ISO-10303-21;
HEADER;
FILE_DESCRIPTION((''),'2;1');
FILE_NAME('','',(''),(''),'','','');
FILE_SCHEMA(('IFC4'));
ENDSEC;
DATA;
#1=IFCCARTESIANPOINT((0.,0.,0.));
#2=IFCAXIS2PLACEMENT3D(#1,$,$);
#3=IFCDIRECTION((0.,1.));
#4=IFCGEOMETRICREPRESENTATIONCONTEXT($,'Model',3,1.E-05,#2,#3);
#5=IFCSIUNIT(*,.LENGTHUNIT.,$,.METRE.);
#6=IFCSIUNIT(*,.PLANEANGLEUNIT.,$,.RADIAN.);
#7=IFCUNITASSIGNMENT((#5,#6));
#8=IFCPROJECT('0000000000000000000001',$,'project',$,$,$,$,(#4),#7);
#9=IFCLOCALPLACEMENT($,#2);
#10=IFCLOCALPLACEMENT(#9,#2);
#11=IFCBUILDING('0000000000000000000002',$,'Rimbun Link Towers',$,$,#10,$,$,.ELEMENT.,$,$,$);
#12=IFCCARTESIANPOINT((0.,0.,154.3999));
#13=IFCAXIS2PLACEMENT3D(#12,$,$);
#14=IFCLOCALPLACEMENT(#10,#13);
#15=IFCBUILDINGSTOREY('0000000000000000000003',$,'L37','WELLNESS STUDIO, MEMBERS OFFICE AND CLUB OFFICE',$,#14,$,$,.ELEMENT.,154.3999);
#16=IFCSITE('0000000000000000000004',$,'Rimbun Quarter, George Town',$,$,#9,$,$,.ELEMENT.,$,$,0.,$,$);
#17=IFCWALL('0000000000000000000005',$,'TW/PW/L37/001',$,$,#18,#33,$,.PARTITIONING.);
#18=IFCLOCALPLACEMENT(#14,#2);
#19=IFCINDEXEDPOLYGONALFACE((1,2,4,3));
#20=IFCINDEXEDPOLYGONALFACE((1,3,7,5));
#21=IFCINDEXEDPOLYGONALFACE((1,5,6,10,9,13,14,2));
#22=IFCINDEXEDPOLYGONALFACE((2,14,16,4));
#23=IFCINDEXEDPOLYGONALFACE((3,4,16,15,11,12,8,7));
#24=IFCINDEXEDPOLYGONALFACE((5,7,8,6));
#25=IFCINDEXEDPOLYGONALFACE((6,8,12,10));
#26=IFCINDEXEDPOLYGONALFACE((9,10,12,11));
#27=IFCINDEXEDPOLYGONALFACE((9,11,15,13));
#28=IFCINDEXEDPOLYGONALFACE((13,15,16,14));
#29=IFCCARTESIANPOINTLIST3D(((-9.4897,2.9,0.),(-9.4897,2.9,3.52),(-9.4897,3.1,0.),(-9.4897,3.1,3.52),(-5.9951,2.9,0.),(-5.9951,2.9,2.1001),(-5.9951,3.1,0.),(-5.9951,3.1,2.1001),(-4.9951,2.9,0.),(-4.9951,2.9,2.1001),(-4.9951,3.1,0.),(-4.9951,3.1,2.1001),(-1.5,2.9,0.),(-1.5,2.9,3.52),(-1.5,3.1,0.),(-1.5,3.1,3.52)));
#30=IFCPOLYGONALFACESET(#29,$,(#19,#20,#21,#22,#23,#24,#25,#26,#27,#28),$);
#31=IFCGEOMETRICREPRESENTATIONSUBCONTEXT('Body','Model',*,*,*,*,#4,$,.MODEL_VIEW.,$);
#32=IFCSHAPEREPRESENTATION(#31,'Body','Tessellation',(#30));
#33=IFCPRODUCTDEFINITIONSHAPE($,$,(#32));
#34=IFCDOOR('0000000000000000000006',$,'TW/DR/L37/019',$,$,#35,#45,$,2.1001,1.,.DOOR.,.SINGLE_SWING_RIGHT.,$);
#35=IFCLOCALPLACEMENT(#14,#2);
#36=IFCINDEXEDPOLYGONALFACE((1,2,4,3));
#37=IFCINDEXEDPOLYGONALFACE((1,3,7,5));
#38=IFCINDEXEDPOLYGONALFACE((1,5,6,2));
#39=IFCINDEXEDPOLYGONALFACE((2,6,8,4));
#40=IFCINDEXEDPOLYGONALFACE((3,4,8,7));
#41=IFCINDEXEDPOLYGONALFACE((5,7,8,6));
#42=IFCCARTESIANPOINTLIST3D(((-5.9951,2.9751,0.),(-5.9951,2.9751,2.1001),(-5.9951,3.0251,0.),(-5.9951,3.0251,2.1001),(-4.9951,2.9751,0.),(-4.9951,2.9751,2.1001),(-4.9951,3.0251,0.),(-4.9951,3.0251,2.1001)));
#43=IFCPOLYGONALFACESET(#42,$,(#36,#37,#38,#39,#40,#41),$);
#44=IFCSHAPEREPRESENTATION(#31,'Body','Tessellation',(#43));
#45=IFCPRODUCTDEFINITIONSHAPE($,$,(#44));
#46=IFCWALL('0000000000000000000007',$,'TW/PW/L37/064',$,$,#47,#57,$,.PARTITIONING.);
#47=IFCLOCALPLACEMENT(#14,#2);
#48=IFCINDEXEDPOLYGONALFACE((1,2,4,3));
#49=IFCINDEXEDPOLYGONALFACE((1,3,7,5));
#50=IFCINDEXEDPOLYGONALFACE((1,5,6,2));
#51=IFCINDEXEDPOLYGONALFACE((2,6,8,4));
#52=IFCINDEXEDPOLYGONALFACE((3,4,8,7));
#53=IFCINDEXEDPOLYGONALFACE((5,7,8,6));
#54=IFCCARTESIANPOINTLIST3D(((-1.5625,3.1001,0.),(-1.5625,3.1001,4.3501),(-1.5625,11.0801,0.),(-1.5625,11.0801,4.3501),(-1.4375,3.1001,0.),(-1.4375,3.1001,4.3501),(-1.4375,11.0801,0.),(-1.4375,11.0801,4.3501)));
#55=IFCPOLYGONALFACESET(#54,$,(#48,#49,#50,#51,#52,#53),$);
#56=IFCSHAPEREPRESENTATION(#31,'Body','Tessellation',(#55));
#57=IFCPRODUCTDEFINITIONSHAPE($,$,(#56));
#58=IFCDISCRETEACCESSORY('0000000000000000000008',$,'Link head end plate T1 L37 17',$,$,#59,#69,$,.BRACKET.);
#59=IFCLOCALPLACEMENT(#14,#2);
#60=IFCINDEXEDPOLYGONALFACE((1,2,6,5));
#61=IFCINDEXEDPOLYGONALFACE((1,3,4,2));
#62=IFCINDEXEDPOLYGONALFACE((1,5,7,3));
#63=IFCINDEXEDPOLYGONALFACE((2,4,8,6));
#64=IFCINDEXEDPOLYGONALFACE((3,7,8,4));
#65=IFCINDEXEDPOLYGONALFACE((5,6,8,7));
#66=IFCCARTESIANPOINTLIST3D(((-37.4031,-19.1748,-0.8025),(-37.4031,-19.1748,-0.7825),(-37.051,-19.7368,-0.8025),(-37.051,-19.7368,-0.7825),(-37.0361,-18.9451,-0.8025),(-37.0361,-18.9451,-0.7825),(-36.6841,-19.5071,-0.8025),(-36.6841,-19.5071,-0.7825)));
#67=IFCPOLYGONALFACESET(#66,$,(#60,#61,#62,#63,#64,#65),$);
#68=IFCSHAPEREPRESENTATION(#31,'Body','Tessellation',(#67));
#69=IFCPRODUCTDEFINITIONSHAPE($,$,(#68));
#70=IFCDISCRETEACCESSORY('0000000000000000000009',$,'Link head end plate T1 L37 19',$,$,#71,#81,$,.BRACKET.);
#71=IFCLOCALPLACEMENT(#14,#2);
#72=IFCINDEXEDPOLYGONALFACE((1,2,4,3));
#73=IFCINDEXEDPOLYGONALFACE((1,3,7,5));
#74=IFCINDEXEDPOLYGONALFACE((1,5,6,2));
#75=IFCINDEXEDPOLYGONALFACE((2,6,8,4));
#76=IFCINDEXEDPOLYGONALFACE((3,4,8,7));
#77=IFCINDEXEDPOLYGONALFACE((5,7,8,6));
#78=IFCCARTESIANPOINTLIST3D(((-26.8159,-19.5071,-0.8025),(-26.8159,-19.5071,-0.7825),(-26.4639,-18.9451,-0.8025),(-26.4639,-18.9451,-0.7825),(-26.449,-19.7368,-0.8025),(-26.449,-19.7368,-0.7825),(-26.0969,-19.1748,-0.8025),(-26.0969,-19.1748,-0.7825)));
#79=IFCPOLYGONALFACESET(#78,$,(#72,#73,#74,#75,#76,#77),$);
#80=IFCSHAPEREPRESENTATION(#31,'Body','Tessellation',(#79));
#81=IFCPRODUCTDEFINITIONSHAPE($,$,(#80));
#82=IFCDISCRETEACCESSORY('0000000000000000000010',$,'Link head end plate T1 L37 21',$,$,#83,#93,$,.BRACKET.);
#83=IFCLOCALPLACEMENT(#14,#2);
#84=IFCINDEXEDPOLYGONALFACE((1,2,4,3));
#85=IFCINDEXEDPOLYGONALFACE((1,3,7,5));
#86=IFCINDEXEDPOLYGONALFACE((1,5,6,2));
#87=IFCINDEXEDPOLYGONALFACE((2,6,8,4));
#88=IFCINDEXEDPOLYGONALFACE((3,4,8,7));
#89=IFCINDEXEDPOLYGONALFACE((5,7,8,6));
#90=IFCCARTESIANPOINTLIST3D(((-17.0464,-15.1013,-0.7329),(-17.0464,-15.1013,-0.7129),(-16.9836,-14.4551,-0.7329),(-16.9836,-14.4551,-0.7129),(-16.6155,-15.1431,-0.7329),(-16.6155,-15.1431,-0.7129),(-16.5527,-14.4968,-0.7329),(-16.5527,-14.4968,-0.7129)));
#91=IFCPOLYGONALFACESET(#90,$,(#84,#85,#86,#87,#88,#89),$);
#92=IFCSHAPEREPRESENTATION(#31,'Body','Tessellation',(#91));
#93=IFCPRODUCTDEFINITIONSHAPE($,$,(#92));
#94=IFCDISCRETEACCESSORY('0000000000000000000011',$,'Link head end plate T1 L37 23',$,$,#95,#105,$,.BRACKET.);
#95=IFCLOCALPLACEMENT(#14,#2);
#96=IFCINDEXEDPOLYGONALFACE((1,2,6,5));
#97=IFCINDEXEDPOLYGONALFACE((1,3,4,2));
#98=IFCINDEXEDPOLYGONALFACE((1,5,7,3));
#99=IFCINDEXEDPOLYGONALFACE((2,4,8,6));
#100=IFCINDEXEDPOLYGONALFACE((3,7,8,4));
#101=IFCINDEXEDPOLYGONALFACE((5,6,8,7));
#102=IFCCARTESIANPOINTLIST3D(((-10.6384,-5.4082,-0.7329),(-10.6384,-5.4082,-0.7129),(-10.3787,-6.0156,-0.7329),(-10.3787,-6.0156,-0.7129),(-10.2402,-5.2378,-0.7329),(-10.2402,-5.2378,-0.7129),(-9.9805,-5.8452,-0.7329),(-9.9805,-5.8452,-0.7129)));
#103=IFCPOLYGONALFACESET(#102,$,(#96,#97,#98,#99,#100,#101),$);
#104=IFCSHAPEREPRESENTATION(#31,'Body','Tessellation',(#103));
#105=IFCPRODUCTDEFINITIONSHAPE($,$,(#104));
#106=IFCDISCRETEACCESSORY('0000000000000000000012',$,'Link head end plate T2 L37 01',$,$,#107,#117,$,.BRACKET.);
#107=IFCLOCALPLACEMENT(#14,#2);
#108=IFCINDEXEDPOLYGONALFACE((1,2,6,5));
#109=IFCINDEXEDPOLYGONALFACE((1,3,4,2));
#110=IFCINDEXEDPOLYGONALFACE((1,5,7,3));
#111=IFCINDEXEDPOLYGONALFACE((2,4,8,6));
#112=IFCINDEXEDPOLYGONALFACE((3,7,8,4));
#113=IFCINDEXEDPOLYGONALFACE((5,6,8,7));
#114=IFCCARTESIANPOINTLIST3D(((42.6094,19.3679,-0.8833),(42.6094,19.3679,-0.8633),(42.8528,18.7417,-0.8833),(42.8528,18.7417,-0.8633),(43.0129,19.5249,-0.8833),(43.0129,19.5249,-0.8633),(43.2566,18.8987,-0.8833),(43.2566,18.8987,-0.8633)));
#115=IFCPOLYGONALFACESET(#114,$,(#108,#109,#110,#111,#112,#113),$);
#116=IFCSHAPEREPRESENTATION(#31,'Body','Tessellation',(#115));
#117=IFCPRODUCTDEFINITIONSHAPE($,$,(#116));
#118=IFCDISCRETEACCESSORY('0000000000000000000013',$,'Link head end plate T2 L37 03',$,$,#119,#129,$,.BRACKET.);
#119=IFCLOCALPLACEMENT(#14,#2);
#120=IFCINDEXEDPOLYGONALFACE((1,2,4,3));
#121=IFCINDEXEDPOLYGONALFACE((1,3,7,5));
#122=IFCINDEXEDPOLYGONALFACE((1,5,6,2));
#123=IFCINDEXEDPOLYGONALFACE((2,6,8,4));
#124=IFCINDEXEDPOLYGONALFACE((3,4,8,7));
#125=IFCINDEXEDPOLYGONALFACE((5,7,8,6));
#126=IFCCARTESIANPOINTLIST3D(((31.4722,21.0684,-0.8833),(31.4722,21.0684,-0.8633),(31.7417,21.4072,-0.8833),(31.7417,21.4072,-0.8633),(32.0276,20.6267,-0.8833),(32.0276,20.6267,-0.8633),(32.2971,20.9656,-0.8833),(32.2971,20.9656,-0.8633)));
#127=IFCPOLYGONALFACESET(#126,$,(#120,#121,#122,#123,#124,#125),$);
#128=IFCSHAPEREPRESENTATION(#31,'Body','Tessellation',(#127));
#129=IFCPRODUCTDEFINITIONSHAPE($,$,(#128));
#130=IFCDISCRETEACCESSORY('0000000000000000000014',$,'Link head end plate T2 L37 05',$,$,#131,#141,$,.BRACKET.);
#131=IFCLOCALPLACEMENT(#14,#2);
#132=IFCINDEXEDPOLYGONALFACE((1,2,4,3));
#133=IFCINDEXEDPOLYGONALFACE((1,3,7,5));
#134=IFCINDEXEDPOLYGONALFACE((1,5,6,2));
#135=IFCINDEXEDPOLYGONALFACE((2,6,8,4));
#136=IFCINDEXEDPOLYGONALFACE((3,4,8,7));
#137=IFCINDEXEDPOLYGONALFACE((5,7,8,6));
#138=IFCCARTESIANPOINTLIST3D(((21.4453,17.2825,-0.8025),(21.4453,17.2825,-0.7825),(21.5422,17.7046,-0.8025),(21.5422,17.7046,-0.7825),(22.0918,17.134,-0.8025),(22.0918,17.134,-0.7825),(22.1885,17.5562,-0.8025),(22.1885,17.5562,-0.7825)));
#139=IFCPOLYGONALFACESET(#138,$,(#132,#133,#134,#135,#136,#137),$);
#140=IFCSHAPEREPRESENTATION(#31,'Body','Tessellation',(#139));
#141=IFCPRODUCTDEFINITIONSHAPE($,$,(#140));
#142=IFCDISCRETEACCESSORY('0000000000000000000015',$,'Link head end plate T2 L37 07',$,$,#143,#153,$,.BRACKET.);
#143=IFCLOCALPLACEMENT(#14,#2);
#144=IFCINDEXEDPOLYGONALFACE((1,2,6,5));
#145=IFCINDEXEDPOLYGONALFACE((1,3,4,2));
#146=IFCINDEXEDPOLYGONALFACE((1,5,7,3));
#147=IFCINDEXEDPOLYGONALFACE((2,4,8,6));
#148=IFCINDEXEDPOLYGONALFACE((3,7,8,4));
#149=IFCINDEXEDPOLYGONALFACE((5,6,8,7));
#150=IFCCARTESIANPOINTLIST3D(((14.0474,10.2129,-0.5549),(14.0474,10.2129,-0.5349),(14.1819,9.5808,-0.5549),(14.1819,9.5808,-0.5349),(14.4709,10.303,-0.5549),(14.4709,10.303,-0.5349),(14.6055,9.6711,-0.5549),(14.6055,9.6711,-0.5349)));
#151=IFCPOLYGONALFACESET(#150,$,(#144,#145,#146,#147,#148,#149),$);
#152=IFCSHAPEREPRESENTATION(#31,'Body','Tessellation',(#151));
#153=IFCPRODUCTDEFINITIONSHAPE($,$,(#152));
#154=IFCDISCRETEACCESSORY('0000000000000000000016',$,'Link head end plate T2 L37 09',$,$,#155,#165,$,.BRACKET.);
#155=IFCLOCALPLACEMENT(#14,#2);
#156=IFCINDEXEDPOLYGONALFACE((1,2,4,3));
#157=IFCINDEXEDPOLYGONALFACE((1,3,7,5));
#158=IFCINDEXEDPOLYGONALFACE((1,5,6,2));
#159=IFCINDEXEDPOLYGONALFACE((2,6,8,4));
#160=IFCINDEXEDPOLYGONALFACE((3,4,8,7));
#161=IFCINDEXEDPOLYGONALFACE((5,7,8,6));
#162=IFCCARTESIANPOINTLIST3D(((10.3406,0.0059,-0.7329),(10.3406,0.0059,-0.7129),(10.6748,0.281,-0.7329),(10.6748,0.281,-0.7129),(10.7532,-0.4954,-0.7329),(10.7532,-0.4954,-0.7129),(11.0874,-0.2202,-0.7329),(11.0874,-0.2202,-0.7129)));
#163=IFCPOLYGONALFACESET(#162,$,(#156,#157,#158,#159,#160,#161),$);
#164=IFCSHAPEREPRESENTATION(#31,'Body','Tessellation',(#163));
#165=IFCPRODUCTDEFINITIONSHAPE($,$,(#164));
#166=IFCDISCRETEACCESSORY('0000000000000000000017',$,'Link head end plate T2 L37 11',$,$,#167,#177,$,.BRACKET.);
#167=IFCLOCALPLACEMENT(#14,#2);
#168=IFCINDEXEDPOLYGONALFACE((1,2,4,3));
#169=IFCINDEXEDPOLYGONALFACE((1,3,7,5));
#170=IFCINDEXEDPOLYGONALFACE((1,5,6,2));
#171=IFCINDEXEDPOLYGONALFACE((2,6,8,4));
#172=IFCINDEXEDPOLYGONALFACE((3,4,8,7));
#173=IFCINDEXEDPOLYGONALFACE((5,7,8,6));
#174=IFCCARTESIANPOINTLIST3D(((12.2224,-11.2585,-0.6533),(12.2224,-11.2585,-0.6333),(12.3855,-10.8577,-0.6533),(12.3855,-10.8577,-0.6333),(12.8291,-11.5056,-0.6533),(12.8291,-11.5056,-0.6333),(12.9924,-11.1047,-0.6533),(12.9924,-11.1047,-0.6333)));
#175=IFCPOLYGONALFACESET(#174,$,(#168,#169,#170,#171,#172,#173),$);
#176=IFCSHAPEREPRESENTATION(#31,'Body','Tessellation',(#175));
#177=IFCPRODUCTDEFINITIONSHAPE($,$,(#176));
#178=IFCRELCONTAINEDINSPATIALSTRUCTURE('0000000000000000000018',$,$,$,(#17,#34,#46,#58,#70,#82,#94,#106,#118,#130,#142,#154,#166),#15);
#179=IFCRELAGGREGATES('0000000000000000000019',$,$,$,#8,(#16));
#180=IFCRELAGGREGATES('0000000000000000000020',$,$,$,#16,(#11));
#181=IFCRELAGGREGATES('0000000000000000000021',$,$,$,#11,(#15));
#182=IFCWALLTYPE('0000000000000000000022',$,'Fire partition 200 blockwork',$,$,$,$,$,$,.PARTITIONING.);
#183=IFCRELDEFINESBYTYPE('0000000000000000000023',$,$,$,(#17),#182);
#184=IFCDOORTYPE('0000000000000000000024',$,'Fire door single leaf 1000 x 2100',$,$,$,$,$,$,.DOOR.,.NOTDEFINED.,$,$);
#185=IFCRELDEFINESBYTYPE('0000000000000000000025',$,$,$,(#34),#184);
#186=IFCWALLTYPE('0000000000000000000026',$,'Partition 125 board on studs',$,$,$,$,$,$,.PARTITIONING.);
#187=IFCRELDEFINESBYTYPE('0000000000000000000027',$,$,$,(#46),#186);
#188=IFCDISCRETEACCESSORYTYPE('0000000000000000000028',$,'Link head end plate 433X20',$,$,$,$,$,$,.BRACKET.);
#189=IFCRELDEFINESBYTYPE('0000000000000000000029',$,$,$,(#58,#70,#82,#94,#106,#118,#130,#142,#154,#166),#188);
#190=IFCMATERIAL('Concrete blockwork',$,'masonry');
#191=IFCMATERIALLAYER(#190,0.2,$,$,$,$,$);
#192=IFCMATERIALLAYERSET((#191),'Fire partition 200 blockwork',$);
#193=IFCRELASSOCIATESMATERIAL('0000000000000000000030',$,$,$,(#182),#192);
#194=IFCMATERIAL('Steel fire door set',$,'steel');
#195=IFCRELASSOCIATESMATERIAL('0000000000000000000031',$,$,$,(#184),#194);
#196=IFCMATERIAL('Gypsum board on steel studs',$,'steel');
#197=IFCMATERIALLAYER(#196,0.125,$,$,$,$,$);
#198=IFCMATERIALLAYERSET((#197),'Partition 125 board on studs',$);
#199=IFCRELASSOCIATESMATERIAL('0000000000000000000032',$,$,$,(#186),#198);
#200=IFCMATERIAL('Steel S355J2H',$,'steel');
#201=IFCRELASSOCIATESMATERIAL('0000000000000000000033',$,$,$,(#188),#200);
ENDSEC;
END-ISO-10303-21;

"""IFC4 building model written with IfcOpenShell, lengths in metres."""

from ifc_helpers import new_model, si_unit, direction, frame, frame_2d, origin, origin_2d, place, context, subcontext, project, spatial, polyline, rectangle, outline, extrude, material, layer, layer_set, material_profile, profile_set, type_object, element, fill, save


model = new_model("IFC4")

# Units and contexts
model_context = context("Model", 3, precision=1e-05, world=origin(), true_north=direction((0.0, 1.0)))
body_context = subcontext(model_context, "Body", "Model", "MODEL_VIEW")
ifc_project = project(units=[si_unit("LENGTHUNIT", "METRE"), si_unit("PLANEANGLEUNIT", "RADIAN")], contexts=[model_context])

# Site, building, storey
site_placement = place(None, origin())
site = spatial("IfcSite", under=ifc_project, at=site_placement, Name="Rimbun Quarter, George Town", CompositionType="ELEMENT", RefElevation=0.0)
building_placement = place(site_placement, origin())
building = spatial("IfcBuilding", under=site, at=building_placement, Name="Rimbun Link Towers", CompositionType="ELEMENT")
storey_placement = place(building_placement, frame((0.0, 0.0, 154.3999)))
storey = spatial("IfcBuildingStorey", under=building, at=storey_placement, Name="L37", Description="WELLNESS STUDIO, MEMBERS OFFICE AND CLUB OFFICE", CompositionType="ELEMENT", Elevation=154.3999)

# Wall, opening, door
ifc_material_1 = material(Name="Concrete blockwork", Category="masonry")
ifc_layer_1 = layer(ifc_material_1, 0.2)
ifc_layer_set_1 = layer_set([ifc_layer_1], Name="Fire partition 200 blockwork")
wall_type_1 = type_object("IfcWallType", Name="Fire partition 200 blockwork", PredefinedType="PARTITIONING", material=ifc_layer_set_1)
wall_1_placement = place(storey_placement, frame((-1.5, 3.0, 0.0), z_axis=(0.0, 0.0, 1.0), x_axis=(-1.0, 0.0, 0.0)))
wall_1 = element("IfcWall", 1, at=wall_1_placement, inside=storey, type_object=wall_type_1, Name="TW/PW/L37/001", PredefinedType="PARTITIONING", context=body_context, shape_type="SweptSolid", body=[
    extrude(rectangle(XDim=7.9897, YDim=0.2, at=frame_2d((3.9949, 0.0))), origin(), (0.0, 0.0, 1.0), 3.52),
])
opening_1_placement = place(wall_1_placement, frame((3.4951, 0.0, 0.0)))
opening_1 = element("IfcOpeningElement", 2, at=opening_1_placement, cuts=wall_1, PredefinedType="OPENING", context=body_context, shape_type="SweptSolid", body=[
    extrude(rectangle(XDim=1.0, YDim=2.1001, at=frame_2d((0.5, 1.05))), frame((0.0, 0.1099, 0.0), z_axis=(0.0, -1.0, 0.0), x_axis=(1.0, 0.0, 0.0)), (0.0, 0.0, 1.0), 0.22),
])
ifc_material_2 = material(Name="Steel fire door set", Category="steel")
door_type_1 = type_object("IfcDoorType", Name="Fire door single leaf 1000 x 2100", OperationType="NOTDEFINED", PredefinedType="DOOR", material=ifc_material_2)
door_1_placement = place(opening_1_placement, origin())
door_1 = element("IfcDoor", 3, at=door_1_placement, inside=storey, type_object=door_type_1, Name="TW/DR/L37/019", OperationType="SINGLE_SWING_RIGHT", OverallHeight=2.1001, OverallWidth=1.0, PredefinedType="DOOR", context=body_context, shape_type="SweptSolid", body=[
    extrude(rectangle(XDim=1.0, YDim=2.1001, at=frame_2d((0.5, 1.05))), frame((0.0, 0.0249, 0.0), z_axis=(0.0, -1.0, 0.0), x_axis=(1.0, 0.0, 0.0)), (0.0, 0.0, 1.0), 0.05),
])
fill(opening_1, door_1)

# Wall
ifc_material_3 = material(Name="Gypsum board on steel studs", Category="steel")
ifc_layer_2 = layer(ifc_material_3, 0.125)
ifc_layer_set_2 = layer_set([ifc_layer_2], Name="Partition 125 board on studs")
wall_type_2 = type_object("IfcWallType", Name="Partition 125 board on studs", PredefinedType="PARTITIONING", material=ifc_layer_set_2)
wall_2_placement = place(storey_placement, frame((-1.5, 3.1001, 0.0), z_axis=(0.0, 0.0, 1.0), x_axis=(0.0, 1.0, 0.0)))
element("IfcWall", 4, at=wall_2_placement, inside=storey, type_object=wall_type_2, Name="TW/PW/L37/064", PredefinedType="PARTITIONING", context=body_context, shape_type="SweptSolid", body=[
    extrude(rectangle(XDim=7.98, YDim=0.125, at=frame_2d((3.99, 0.0))), origin(), (0.0, 0.0, 1.0), 4.3501),
])

# Discrete accessories
ifc_material_4 = material(Name="Steel S355J2H", Category="steel")
ifc_material_profile_1 = material_profile(ifc_material_4, rectangle(XDim=0.4331, YDim=0.4331, at=origin_2d()), Name="PL 433x433")
ifc_profile_set_1 = profile_set([ifc_material_profile_1], Name="Steel S355J2H")
discrete_accessory_type = type_object("IfcDiscreteAccessoryType", Name="Link head end plate 433X20", PredefinedType="BRACKET", material=ifc_profile_set_1)
discrete_accessory_1_placement = place(storey_placement, frame((0.0, 0.0, -0.8025)))
element("IfcDiscreteAccessory", 5, at=discrete_accessory_1_placement, inside=storey, type_object=discrete_accessory_type, Name="Link head end plate T1 L37 17", PredefinedType="BRACKET", context=body_context, shape_type="SweptSolid", body=[
    extrude(outline(polyline([(-37.4031, -19.1748), (-37.051, -19.7368), (-36.6841, -19.5071), (-37.0361, -18.9451), (-37.4031, -19.1748)])), origin(), (0.0, 0.0, 1.0), 0.02),
])
discrete_accessory_2_placement = place(storey_placement, frame((0.0, 0.0, -0.8025)))
element("IfcDiscreteAccessory", 6, at=discrete_accessory_2_placement, inside=storey, type_object=discrete_accessory_type, Name="Link head end plate T1 L37 19", PredefinedType="BRACKET", context=body_context, shape_type="SweptSolid", body=[
    extrude(outline(polyline([(-26.4639, -18.9451), (-26.8159, -19.5071), (-26.449, -19.7368), (-26.0969, -19.1748), (-26.4639, -18.9451)])), origin(), (0.0, 0.0, 1.0), 0.02),
])
discrete_accessory_3_placement = place(storey_placement, frame((0.0, 0.0, -0.7329)))
element("IfcDiscreteAccessory", 7, at=discrete_accessory_3_placement, inside=storey, type_object=discrete_accessory_type, Name="Link head end plate T1 L37 21", PredefinedType="BRACKET", context=body_context, shape_type="SweptSolid", body=[
    extrude(outline(polyline([(-16.9836, -14.4551), (-17.0464, -15.1013), (-16.6155, -15.1431), (-16.5527, -14.4968), (-16.9836, -14.4551)])), origin(), (0.0, 0.0, 1.0), 0.02),
])
discrete_accessory_4_placement = place(storey_placement, frame((0.0, 0.0, -0.7329)))
element("IfcDiscreteAccessory", 8, at=discrete_accessory_4_placement, inside=storey, type_object=discrete_accessory_type, Name="Link head end plate T1 L37 23", PredefinedType="BRACKET", context=body_context, shape_type="SweptSolid", body=[
    extrude(outline(polyline([(-10.6384, -5.4082), (-10.3787, -6.0156), (-9.9805, -5.8452), (-10.2402, -5.2378), (-10.6384, -5.4082)])), origin(), (0.0, 0.0, 1.0), 0.02),
])
discrete_accessory_5_placement = place(storey_placement, frame((0.0, 0.0, -0.8833)))
element("IfcDiscreteAccessory", 9, at=discrete_accessory_5_placement, inside=storey, type_object=discrete_accessory_type, Name="Link head end plate T2 L37 01", PredefinedType="BRACKET", context=body_context, shape_type="SweptSolid", body=[
    extrude(outline(polyline([(43.2566, 18.8987), (43.0129, 19.5249), (42.6094, 19.3679), (42.8528, 18.7417), (43.2566, 18.8987)])), origin(), (0.0, 0.0, 1.0), 0.02),
])
discrete_accessory_6_placement = place(storey_placement, frame((0.0, 0.0, -0.8833)))
element("IfcDiscreteAccessory", 10, at=discrete_accessory_6_placement, inside=storey, type_object=discrete_accessory_type, Name="Link head end plate T2 L37 03", PredefinedType="BRACKET", context=body_context, shape_type="SweptSolid", body=[
    extrude(outline(polyline([(32.2971, 20.9656), (31.7417, 21.4072), (31.4722, 21.0684), (32.0276, 20.6267), (32.2971, 20.9656)])), origin(), (0.0, 0.0, 1.0), 0.02),
])
discrete_accessory_7_placement = place(storey_placement, frame((0.0, 0.0, -0.8025)))
element("IfcDiscreteAccessory", 11, at=discrete_accessory_7_placement, inside=storey, type_object=discrete_accessory_type, Name="Link head end plate T2 L37 05", PredefinedType="BRACKET", context=body_context, shape_type="SweptSolid", body=[
    extrude(outline(polyline([(22.1885, 17.5562), (21.5422, 17.7046), (21.4453, 17.2825), (22.0918, 17.134), (22.1885, 17.5562)])), origin(), (0.0, 0.0, 1.0), 0.02),
])
discrete_accessory_8_placement = place(storey_placement, frame((0.0, 0.0, -0.5549)))
element("IfcDiscreteAccessory", 12, at=discrete_accessory_8_placement, inside=storey, type_object=discrete_accessory_type, Name="Link head end plate T2 L37 07", PredefinedType="BRACKET", context=body_context, shape_type="SweptSolid", body=[
    extrude(outline(polyline([(14.6055, 9.6711), (14.4709, 10.303), (14.0474, 10.2129), (14.1819, 9.5808), (14.6055, 9.6711)])), origin(), (0.0, 0.0, 1.0), 0.02),
])
discrete_accessory_9_placement = place(storey_placement, frame((0.0, 0.0, -0.7329)))
element("IfcDiscreteAccessory", 13, at=discrete_accessory_9_placement, inside=storey, type_object=discrete_accessory_type, Name="Link head end plate T2 L37 09", PredefinedType="BRACKET", context=body_context, shape_type="SweptSolid", body=[
    extrude(outline(polyline([(11.0874, -0.2202), (10.6748, 0.281), (10.3406, 0.0059), (10.7532, -0.4954), (11.0874, -0.2202)])), origin(), (0.0, 0.0, 1.0), 0.02),
])
discrete_accessory_10_placement = place(storey_placement, frame((0.0, 0.0, -0.6533)))
element("IfcDiscreteAccessory", 14, at=discrete_accessory_10_placement, inside=storey, type_object=discrete_accessory_type, Name="Link head end plate T2 L37 11", PredefinedType="BRACKET", context=body_context, shape_type="SweptSolid", body=[
    extrude(outline(polyline([(12.9924, -11.1047), (12.3855, -10.8577), (12.2224, -11.2585), (12.8291, -11.5056), (12.9924, -11.1047)])), origin(), (0.0, 0.0, 1.0), 0.02),
])

save(model, "model.ifc")
